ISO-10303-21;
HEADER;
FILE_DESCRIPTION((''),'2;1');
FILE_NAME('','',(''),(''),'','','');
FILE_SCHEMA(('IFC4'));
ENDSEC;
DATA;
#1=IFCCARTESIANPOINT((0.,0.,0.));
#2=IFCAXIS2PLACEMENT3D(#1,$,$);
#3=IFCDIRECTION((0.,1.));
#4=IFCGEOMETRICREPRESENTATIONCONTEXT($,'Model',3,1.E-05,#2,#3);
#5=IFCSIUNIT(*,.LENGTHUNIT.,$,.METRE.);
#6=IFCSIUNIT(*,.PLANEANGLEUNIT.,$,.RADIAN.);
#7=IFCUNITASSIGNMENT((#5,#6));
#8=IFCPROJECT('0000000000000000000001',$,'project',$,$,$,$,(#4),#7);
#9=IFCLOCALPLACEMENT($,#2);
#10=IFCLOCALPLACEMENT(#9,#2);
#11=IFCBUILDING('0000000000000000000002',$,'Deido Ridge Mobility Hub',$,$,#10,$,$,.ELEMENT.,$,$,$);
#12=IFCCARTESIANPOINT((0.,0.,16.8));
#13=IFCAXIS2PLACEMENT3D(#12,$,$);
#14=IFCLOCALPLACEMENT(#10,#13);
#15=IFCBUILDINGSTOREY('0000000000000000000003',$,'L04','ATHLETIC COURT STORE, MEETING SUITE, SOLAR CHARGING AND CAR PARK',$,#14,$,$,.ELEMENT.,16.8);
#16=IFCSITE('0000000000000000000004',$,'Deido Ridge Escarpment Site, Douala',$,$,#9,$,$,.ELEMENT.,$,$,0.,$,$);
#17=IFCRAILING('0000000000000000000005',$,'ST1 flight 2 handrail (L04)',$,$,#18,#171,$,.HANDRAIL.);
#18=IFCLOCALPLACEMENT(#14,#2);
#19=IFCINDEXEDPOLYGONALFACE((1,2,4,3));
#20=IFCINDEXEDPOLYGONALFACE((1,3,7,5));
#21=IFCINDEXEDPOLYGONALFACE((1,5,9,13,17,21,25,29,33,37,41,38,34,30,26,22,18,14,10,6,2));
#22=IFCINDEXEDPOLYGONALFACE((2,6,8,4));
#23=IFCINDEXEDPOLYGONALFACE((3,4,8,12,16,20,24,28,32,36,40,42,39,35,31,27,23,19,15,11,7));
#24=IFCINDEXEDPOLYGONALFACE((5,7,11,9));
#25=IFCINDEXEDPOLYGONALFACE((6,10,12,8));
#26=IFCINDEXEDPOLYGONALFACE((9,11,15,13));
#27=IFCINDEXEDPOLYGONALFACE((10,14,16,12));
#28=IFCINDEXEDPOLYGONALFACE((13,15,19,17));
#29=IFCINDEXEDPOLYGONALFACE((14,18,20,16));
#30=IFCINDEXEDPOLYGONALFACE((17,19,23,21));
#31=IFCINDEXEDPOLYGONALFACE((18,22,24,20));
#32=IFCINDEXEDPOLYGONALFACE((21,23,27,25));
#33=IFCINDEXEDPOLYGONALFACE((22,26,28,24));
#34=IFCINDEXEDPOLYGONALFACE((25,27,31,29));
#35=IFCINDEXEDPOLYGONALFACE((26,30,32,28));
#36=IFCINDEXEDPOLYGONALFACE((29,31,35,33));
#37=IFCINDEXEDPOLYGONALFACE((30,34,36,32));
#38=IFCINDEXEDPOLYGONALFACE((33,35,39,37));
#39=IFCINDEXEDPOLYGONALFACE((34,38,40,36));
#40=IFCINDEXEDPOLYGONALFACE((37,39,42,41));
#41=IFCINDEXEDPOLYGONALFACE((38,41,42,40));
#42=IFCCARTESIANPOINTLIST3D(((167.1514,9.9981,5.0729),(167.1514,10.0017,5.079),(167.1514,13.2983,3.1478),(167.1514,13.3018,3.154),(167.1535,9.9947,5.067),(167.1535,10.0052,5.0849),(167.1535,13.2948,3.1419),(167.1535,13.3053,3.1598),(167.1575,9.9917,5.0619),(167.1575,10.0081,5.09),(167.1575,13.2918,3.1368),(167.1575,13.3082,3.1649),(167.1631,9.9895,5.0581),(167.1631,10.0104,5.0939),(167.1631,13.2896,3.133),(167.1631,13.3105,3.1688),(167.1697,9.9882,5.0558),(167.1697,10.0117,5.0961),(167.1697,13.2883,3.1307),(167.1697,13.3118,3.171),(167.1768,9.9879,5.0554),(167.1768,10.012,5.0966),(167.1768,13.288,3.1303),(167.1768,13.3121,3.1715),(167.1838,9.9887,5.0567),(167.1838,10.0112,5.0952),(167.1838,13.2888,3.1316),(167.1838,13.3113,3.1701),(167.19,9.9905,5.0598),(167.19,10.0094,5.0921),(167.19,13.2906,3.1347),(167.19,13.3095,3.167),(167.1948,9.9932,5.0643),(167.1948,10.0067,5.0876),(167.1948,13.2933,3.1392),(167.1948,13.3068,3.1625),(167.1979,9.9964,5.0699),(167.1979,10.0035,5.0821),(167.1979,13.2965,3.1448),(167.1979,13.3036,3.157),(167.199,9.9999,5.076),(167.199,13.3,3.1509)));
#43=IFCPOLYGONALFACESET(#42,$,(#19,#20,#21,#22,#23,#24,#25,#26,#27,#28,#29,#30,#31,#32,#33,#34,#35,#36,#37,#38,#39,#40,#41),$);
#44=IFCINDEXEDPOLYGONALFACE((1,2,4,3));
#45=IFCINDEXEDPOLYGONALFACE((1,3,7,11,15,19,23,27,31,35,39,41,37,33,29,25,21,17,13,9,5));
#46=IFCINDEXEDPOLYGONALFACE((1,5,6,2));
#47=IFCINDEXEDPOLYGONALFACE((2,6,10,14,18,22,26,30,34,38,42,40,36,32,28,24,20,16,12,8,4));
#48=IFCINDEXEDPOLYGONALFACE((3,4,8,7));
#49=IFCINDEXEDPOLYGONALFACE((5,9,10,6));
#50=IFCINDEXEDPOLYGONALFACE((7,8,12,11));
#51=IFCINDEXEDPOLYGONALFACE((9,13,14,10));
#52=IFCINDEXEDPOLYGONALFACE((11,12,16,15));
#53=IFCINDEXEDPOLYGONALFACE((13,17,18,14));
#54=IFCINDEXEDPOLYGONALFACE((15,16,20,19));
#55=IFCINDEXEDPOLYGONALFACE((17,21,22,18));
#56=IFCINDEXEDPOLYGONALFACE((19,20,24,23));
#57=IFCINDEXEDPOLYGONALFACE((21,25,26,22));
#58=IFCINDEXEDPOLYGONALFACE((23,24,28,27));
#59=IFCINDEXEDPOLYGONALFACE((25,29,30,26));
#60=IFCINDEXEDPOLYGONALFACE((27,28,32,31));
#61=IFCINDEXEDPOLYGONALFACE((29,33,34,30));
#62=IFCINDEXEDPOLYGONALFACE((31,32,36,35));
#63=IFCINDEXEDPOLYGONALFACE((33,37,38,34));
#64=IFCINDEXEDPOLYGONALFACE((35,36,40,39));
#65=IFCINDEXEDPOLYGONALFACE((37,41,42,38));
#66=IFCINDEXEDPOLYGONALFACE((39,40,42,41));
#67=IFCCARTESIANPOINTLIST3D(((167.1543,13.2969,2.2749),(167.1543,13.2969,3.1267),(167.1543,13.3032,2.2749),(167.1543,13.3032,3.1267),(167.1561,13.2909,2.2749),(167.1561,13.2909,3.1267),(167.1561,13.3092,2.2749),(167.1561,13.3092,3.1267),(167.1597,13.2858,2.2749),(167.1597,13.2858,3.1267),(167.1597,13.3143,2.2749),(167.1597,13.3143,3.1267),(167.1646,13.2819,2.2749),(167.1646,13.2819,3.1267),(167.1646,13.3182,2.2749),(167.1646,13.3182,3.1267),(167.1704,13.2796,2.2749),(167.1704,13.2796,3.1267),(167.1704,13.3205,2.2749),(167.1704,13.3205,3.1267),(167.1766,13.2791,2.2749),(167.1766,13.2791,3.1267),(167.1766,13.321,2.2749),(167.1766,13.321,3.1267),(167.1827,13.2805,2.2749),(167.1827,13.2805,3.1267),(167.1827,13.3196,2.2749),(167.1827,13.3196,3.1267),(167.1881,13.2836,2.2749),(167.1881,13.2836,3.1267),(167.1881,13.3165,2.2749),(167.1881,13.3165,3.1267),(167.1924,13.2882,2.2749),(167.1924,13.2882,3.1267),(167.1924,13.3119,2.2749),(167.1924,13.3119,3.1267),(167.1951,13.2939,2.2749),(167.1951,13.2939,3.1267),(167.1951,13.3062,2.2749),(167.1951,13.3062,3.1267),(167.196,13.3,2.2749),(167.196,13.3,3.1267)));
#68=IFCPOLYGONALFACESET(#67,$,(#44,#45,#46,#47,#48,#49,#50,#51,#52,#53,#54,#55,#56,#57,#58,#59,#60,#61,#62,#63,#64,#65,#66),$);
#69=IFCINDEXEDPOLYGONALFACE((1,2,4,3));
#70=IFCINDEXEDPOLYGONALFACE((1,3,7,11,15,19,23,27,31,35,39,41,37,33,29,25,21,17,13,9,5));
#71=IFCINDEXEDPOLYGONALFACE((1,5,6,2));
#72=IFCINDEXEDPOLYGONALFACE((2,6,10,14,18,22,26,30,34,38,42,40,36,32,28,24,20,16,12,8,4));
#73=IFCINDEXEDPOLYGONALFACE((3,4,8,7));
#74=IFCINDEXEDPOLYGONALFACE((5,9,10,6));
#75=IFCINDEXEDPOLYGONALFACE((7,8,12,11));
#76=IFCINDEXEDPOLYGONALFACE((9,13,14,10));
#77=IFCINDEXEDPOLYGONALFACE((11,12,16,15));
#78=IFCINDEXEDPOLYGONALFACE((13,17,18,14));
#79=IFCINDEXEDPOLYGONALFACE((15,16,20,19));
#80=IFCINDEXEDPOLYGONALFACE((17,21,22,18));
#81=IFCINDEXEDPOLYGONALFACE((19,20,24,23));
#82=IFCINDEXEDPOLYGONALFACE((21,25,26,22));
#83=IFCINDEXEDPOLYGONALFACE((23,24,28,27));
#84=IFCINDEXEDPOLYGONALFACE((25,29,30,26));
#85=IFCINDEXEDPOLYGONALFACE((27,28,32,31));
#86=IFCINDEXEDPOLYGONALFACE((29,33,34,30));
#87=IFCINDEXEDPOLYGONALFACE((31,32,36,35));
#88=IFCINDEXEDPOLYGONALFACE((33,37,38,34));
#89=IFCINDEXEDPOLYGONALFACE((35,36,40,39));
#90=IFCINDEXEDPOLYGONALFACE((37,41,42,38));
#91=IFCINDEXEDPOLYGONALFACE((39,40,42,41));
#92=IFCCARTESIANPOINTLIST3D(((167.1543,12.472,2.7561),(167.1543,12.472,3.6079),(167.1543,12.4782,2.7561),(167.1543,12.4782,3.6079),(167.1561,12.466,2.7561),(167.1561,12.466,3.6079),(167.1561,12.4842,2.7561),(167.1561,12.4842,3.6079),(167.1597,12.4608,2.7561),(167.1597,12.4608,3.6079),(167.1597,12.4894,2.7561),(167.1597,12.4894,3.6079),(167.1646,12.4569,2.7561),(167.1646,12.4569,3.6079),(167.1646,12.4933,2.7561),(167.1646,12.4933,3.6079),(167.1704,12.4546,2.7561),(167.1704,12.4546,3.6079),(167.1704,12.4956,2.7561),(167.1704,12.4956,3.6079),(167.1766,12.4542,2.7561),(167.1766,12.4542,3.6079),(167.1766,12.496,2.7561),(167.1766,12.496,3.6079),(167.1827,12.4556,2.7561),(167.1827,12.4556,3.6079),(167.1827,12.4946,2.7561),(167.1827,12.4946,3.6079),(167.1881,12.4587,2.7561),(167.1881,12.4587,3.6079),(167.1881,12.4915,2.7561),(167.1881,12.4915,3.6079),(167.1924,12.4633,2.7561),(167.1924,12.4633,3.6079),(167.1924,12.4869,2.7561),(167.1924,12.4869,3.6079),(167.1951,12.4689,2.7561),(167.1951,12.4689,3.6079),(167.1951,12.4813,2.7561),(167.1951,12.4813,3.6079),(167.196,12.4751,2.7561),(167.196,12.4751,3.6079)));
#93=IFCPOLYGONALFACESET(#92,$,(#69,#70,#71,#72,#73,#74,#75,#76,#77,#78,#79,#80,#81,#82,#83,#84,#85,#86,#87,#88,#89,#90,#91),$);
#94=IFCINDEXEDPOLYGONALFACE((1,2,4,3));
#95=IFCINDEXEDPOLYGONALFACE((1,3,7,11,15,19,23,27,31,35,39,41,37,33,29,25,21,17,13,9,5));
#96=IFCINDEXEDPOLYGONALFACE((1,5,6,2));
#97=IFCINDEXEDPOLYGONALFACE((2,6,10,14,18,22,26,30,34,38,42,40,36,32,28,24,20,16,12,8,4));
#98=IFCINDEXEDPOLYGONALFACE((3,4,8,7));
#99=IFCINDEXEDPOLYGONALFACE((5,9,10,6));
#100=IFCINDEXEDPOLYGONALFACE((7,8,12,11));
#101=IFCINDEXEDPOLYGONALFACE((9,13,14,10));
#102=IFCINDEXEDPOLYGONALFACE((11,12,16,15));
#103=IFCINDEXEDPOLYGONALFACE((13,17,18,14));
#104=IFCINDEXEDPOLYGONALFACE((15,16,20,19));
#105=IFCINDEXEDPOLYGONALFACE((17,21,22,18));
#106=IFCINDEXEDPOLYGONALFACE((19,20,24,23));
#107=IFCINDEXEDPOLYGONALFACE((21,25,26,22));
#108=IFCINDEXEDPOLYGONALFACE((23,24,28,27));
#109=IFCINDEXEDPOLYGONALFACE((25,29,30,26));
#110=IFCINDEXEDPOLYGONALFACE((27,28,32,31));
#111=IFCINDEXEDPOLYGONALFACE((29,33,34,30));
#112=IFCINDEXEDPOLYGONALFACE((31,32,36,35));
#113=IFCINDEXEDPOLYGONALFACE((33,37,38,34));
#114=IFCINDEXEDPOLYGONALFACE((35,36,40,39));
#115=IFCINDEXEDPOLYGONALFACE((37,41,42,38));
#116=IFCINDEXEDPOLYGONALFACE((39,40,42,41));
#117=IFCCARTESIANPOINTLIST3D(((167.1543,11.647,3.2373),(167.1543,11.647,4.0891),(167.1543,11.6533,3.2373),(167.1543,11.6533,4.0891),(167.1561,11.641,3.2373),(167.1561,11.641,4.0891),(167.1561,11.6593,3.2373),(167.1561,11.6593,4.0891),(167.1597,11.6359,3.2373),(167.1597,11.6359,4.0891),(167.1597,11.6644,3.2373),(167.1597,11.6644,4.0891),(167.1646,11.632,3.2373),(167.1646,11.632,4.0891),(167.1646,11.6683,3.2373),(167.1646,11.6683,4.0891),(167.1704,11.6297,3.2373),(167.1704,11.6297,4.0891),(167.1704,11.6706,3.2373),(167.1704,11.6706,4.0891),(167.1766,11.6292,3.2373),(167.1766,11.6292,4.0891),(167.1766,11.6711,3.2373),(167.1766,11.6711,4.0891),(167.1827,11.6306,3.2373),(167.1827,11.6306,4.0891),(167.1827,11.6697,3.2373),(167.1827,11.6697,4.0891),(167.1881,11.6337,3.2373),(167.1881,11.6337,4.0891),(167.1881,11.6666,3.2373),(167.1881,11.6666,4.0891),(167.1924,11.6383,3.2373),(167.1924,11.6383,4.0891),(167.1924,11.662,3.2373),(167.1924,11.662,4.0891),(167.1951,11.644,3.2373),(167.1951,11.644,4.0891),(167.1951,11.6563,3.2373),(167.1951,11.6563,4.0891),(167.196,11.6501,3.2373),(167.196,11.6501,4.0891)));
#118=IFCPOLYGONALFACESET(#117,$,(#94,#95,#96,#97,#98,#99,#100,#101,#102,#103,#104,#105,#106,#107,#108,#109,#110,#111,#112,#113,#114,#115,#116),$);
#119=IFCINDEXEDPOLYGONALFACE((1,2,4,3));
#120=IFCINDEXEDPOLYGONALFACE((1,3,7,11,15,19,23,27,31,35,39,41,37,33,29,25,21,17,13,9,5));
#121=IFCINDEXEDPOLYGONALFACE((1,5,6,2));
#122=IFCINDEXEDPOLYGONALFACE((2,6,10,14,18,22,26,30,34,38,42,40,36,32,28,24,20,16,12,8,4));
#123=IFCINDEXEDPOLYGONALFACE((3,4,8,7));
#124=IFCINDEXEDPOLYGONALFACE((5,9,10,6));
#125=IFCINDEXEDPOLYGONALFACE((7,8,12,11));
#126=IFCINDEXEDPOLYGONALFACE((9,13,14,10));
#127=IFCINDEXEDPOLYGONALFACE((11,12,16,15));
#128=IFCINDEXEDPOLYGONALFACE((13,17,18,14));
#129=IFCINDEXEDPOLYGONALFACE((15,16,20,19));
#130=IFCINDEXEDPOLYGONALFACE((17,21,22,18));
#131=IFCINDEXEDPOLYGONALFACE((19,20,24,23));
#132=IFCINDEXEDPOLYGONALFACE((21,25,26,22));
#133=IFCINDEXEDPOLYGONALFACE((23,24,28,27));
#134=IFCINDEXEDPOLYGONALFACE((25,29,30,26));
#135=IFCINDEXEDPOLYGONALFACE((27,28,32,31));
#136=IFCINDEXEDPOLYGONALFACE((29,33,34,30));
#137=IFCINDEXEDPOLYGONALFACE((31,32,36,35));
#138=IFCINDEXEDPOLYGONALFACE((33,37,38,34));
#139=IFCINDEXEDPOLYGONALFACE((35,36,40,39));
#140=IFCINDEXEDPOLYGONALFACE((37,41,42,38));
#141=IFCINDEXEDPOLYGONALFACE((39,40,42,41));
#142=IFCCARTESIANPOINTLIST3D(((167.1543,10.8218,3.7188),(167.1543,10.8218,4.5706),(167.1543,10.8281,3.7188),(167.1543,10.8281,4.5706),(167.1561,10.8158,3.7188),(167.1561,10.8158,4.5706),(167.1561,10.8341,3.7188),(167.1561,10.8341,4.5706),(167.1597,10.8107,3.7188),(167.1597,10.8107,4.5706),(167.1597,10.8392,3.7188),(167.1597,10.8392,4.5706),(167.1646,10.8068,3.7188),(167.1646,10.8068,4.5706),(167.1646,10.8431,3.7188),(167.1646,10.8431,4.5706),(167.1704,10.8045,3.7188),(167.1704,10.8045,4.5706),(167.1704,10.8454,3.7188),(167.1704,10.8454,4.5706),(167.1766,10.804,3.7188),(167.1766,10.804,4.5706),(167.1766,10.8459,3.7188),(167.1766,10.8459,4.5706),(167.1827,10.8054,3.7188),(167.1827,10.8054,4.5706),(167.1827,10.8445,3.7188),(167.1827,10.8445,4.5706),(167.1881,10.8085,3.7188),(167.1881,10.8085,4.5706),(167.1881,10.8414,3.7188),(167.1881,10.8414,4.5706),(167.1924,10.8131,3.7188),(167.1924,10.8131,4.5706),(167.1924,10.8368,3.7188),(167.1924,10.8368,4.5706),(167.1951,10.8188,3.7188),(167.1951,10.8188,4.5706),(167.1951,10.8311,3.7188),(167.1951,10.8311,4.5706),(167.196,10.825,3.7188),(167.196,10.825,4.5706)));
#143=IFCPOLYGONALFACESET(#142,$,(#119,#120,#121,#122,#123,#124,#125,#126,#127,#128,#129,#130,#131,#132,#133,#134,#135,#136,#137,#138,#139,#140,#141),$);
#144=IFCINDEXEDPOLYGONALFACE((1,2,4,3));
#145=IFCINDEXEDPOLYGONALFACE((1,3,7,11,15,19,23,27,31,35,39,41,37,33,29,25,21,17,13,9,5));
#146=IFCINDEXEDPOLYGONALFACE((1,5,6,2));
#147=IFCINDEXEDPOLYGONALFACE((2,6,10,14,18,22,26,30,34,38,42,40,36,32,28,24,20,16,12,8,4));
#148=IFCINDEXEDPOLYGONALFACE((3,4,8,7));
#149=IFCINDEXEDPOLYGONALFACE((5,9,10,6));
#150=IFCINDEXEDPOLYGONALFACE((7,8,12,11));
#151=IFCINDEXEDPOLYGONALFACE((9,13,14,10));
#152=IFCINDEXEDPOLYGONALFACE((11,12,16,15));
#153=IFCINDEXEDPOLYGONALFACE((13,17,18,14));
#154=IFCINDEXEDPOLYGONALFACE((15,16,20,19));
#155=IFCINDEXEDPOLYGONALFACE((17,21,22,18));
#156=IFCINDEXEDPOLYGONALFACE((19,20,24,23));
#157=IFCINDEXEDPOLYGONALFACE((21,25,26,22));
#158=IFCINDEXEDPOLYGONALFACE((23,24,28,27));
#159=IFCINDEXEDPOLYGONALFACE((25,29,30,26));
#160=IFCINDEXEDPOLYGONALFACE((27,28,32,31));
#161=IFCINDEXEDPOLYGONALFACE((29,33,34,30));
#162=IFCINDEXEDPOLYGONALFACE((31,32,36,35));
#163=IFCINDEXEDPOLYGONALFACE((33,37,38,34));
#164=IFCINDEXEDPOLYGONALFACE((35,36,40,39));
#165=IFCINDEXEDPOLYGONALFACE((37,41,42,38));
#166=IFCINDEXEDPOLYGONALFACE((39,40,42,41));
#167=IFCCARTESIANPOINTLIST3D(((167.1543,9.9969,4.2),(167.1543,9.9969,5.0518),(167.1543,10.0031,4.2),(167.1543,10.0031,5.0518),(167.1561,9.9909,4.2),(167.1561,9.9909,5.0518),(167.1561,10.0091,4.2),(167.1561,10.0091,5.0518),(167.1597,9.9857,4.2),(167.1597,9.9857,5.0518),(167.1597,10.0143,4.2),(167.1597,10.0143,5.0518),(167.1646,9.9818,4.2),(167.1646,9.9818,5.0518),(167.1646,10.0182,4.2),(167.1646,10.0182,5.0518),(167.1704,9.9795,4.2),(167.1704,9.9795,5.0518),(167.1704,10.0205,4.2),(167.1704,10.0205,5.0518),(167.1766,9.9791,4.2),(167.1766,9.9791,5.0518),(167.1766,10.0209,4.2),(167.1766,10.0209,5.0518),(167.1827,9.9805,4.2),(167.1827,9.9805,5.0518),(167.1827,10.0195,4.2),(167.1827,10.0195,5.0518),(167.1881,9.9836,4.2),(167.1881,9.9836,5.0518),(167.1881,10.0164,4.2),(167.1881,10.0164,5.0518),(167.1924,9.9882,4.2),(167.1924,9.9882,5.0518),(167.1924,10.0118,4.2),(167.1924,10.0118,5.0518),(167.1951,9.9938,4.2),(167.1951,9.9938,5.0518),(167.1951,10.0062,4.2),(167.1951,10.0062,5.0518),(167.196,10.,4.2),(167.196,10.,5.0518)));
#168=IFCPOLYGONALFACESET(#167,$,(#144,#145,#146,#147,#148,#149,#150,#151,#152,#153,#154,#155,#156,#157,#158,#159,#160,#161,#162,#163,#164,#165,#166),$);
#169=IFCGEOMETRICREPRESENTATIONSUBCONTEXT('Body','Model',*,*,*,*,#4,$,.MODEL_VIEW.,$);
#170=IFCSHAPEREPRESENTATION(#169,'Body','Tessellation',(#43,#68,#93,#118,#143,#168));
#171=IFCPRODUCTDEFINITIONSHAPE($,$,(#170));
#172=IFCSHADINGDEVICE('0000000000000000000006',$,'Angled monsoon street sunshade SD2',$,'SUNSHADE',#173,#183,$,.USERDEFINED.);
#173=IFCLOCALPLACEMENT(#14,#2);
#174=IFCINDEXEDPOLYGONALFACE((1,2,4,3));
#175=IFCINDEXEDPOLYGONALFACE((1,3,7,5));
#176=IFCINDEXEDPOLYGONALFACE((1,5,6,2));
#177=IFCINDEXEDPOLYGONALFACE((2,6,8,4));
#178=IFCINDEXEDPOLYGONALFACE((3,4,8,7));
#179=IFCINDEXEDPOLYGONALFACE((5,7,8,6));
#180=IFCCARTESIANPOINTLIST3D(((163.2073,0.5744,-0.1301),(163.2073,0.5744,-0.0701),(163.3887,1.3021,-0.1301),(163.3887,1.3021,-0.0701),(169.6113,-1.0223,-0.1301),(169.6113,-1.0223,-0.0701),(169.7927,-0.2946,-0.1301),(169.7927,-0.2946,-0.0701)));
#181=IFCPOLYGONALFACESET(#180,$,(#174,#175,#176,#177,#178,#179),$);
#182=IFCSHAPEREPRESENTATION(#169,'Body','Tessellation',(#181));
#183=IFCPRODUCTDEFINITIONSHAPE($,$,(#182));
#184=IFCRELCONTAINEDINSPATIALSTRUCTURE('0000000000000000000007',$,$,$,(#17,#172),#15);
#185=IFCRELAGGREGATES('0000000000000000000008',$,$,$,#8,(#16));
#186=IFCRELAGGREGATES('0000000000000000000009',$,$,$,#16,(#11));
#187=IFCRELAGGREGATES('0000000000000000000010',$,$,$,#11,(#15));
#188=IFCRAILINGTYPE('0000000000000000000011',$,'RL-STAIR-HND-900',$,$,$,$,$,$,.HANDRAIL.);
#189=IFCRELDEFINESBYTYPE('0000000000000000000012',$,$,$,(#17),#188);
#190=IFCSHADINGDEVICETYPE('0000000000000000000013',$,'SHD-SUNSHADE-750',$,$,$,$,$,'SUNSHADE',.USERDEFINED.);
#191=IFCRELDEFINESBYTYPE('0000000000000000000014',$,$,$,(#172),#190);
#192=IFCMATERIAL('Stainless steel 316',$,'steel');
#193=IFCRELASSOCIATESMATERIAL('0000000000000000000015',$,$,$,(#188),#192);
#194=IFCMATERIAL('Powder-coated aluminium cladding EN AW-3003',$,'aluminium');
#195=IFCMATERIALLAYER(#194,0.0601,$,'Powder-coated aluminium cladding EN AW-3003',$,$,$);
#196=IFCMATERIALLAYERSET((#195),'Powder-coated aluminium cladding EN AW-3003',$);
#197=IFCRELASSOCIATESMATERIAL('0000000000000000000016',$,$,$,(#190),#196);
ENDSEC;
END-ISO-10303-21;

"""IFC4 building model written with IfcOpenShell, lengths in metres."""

from ifc_helpers import new_model, si_unit, direction, frame, origin, origin_2d, place, context, subcontext, project, spatial, rectangle, circle, extrude, material, layer, layer_set, type_object, element, save


model = new_model("IFC4")

# Units and contexts
model_context = context("Model", 3, precision=1e-05, world=origin(), true_north=direction((0.0, 1.0)))
body_context = subcontext(model_context, "Body", "Model", "MODEL_VIEW")
ifc_project = project(units=[si_unit("LENGTHUNIT", "METRE"), si_unit("PLANEANGLEUNIT", "RADIAN")], contexts=[model_context])

# Site, building, storey
site_placement = place(None, origin())
site = spatial("IfcSite", under=ifc_project, at=site_placement, Name="Deido Ridge Escarpment Site, Douala", CompositionType="ELEMENT", RefElevation=0.0)
building_placement = place(site_placement, origin())
building = spatial("IfcBuilding", under=site, at=building_placement, Name="Deido Ridge Mobility Hub", CompositionType="ELEMENT")
storey_placement = place(building_placement, frame((0.0, 0.0, 16.8)))
storey = spatial("IfcBuildingStorey", under=building, at=storey_placement, Name="L04", Description="ATHLETIC COURT STORE, MEETING SUITE, SOLAR CHARGING AND CAR PARK", CompositionType="ELEMENT", Elevation=16.8)

# Shared definitions
ifc_material_1 = material(Name="Stainless steel 316", Category="steel")

# Railing
railing_type_1 = type_object("IfcRailingType", Name="RL-STAIR-HND-900", PredefinedType="HANDRAIL", material=ifc_material_1)
railing_1_placement = place(storey_placement, frame((167.175, 13.3, 2.2749)))
element("IfcRailing", 1, at=railing_1_placement, inside=storey, type_object=railing_type_1, Name="ST1 flight 2 handrail (L04)", PredefinedType="HANDRAIL", context=body_context, shape_type="SweptSolid", body=[
    extrude(circle(Radius=0.0239, at=origin_2d()), frame((0.0, 0.0, 0.876), z_axis=(0.0, -0.863777, 0.503875), x_axis=(1.0, 0.0, 0.0)), (0.0, 0.0, 1.0), 3.8206),
    extrude(circle(Radius=0.021, at=origin_2d()), origin(), (0.0, 0.0, 1.0), 0.8518),
    extrude(circle(Radius=0.021, at=origin_2d()), frame((0.0, -0.825, 0.4812)), (0.0, 0.0, 1.0), 0.8518),
    extrude(circle(Radius=0.021, at=origin_2d()), frame((0.0, -1.6499, 0.9624)), (0.0, 0.0, 1.0), 0.8518),
    extrude(circle(Radius=0.021, at=origin_2d()), frame((0.0, -2.4751, 1.4438)), (0.0, 0.0, 1.0), 0.8518),
    extrude(circle(Radius=0.021, at=origin_2d()), frame((0.0, -3.3, 1.925)), (0.0, 0.0, 1.0), 0.8518),
])

# Shading device
ifc_material_2 = material(Name="Powder-coated aluminium cladding EN AW-3003", Category="aluminium")
ifc_layer_1 = layer(ifc_material_2, 0.0601, Name="Powder-coated aluminium cladding EN AW-3003")
ifc_layer_set_1 = layer_set([ifc_layer_1], Name="Powder-coated aluminium cladding EN AW-3003")
shading_device_type = type_object("IfcShadingDeviceType", Name="SHD-SUNSHADE-750", ElementType="SUNSHADE", PredefinedType="USERDEFINED", material=ifc_layer_set_1)
shading_device_placement = place(storey_placement, frame((166.5, 0.1399, -0.1301), z_axis=(0.0, 0.0, 1.0), x_axis=(0.970296, -0.241922, 0.0)))
element("IfcShadingDevice", 2, at=shading_device_placement, inside=storey, type_object=shading_device_type, Name="Angled monsoon street sunshade SD2", ObjectType="SUNSHADE", PredefinedType="USERDEFINED", context=body_context, shape_type="SweptSolid", body=[
    extrude(rectangle(XDim=6.6001, YDim=0.75, at=origin_2d()), origin(), (0.0, 0.0, 1.0), 0.0601),
])

save(model, "model.ifc")
